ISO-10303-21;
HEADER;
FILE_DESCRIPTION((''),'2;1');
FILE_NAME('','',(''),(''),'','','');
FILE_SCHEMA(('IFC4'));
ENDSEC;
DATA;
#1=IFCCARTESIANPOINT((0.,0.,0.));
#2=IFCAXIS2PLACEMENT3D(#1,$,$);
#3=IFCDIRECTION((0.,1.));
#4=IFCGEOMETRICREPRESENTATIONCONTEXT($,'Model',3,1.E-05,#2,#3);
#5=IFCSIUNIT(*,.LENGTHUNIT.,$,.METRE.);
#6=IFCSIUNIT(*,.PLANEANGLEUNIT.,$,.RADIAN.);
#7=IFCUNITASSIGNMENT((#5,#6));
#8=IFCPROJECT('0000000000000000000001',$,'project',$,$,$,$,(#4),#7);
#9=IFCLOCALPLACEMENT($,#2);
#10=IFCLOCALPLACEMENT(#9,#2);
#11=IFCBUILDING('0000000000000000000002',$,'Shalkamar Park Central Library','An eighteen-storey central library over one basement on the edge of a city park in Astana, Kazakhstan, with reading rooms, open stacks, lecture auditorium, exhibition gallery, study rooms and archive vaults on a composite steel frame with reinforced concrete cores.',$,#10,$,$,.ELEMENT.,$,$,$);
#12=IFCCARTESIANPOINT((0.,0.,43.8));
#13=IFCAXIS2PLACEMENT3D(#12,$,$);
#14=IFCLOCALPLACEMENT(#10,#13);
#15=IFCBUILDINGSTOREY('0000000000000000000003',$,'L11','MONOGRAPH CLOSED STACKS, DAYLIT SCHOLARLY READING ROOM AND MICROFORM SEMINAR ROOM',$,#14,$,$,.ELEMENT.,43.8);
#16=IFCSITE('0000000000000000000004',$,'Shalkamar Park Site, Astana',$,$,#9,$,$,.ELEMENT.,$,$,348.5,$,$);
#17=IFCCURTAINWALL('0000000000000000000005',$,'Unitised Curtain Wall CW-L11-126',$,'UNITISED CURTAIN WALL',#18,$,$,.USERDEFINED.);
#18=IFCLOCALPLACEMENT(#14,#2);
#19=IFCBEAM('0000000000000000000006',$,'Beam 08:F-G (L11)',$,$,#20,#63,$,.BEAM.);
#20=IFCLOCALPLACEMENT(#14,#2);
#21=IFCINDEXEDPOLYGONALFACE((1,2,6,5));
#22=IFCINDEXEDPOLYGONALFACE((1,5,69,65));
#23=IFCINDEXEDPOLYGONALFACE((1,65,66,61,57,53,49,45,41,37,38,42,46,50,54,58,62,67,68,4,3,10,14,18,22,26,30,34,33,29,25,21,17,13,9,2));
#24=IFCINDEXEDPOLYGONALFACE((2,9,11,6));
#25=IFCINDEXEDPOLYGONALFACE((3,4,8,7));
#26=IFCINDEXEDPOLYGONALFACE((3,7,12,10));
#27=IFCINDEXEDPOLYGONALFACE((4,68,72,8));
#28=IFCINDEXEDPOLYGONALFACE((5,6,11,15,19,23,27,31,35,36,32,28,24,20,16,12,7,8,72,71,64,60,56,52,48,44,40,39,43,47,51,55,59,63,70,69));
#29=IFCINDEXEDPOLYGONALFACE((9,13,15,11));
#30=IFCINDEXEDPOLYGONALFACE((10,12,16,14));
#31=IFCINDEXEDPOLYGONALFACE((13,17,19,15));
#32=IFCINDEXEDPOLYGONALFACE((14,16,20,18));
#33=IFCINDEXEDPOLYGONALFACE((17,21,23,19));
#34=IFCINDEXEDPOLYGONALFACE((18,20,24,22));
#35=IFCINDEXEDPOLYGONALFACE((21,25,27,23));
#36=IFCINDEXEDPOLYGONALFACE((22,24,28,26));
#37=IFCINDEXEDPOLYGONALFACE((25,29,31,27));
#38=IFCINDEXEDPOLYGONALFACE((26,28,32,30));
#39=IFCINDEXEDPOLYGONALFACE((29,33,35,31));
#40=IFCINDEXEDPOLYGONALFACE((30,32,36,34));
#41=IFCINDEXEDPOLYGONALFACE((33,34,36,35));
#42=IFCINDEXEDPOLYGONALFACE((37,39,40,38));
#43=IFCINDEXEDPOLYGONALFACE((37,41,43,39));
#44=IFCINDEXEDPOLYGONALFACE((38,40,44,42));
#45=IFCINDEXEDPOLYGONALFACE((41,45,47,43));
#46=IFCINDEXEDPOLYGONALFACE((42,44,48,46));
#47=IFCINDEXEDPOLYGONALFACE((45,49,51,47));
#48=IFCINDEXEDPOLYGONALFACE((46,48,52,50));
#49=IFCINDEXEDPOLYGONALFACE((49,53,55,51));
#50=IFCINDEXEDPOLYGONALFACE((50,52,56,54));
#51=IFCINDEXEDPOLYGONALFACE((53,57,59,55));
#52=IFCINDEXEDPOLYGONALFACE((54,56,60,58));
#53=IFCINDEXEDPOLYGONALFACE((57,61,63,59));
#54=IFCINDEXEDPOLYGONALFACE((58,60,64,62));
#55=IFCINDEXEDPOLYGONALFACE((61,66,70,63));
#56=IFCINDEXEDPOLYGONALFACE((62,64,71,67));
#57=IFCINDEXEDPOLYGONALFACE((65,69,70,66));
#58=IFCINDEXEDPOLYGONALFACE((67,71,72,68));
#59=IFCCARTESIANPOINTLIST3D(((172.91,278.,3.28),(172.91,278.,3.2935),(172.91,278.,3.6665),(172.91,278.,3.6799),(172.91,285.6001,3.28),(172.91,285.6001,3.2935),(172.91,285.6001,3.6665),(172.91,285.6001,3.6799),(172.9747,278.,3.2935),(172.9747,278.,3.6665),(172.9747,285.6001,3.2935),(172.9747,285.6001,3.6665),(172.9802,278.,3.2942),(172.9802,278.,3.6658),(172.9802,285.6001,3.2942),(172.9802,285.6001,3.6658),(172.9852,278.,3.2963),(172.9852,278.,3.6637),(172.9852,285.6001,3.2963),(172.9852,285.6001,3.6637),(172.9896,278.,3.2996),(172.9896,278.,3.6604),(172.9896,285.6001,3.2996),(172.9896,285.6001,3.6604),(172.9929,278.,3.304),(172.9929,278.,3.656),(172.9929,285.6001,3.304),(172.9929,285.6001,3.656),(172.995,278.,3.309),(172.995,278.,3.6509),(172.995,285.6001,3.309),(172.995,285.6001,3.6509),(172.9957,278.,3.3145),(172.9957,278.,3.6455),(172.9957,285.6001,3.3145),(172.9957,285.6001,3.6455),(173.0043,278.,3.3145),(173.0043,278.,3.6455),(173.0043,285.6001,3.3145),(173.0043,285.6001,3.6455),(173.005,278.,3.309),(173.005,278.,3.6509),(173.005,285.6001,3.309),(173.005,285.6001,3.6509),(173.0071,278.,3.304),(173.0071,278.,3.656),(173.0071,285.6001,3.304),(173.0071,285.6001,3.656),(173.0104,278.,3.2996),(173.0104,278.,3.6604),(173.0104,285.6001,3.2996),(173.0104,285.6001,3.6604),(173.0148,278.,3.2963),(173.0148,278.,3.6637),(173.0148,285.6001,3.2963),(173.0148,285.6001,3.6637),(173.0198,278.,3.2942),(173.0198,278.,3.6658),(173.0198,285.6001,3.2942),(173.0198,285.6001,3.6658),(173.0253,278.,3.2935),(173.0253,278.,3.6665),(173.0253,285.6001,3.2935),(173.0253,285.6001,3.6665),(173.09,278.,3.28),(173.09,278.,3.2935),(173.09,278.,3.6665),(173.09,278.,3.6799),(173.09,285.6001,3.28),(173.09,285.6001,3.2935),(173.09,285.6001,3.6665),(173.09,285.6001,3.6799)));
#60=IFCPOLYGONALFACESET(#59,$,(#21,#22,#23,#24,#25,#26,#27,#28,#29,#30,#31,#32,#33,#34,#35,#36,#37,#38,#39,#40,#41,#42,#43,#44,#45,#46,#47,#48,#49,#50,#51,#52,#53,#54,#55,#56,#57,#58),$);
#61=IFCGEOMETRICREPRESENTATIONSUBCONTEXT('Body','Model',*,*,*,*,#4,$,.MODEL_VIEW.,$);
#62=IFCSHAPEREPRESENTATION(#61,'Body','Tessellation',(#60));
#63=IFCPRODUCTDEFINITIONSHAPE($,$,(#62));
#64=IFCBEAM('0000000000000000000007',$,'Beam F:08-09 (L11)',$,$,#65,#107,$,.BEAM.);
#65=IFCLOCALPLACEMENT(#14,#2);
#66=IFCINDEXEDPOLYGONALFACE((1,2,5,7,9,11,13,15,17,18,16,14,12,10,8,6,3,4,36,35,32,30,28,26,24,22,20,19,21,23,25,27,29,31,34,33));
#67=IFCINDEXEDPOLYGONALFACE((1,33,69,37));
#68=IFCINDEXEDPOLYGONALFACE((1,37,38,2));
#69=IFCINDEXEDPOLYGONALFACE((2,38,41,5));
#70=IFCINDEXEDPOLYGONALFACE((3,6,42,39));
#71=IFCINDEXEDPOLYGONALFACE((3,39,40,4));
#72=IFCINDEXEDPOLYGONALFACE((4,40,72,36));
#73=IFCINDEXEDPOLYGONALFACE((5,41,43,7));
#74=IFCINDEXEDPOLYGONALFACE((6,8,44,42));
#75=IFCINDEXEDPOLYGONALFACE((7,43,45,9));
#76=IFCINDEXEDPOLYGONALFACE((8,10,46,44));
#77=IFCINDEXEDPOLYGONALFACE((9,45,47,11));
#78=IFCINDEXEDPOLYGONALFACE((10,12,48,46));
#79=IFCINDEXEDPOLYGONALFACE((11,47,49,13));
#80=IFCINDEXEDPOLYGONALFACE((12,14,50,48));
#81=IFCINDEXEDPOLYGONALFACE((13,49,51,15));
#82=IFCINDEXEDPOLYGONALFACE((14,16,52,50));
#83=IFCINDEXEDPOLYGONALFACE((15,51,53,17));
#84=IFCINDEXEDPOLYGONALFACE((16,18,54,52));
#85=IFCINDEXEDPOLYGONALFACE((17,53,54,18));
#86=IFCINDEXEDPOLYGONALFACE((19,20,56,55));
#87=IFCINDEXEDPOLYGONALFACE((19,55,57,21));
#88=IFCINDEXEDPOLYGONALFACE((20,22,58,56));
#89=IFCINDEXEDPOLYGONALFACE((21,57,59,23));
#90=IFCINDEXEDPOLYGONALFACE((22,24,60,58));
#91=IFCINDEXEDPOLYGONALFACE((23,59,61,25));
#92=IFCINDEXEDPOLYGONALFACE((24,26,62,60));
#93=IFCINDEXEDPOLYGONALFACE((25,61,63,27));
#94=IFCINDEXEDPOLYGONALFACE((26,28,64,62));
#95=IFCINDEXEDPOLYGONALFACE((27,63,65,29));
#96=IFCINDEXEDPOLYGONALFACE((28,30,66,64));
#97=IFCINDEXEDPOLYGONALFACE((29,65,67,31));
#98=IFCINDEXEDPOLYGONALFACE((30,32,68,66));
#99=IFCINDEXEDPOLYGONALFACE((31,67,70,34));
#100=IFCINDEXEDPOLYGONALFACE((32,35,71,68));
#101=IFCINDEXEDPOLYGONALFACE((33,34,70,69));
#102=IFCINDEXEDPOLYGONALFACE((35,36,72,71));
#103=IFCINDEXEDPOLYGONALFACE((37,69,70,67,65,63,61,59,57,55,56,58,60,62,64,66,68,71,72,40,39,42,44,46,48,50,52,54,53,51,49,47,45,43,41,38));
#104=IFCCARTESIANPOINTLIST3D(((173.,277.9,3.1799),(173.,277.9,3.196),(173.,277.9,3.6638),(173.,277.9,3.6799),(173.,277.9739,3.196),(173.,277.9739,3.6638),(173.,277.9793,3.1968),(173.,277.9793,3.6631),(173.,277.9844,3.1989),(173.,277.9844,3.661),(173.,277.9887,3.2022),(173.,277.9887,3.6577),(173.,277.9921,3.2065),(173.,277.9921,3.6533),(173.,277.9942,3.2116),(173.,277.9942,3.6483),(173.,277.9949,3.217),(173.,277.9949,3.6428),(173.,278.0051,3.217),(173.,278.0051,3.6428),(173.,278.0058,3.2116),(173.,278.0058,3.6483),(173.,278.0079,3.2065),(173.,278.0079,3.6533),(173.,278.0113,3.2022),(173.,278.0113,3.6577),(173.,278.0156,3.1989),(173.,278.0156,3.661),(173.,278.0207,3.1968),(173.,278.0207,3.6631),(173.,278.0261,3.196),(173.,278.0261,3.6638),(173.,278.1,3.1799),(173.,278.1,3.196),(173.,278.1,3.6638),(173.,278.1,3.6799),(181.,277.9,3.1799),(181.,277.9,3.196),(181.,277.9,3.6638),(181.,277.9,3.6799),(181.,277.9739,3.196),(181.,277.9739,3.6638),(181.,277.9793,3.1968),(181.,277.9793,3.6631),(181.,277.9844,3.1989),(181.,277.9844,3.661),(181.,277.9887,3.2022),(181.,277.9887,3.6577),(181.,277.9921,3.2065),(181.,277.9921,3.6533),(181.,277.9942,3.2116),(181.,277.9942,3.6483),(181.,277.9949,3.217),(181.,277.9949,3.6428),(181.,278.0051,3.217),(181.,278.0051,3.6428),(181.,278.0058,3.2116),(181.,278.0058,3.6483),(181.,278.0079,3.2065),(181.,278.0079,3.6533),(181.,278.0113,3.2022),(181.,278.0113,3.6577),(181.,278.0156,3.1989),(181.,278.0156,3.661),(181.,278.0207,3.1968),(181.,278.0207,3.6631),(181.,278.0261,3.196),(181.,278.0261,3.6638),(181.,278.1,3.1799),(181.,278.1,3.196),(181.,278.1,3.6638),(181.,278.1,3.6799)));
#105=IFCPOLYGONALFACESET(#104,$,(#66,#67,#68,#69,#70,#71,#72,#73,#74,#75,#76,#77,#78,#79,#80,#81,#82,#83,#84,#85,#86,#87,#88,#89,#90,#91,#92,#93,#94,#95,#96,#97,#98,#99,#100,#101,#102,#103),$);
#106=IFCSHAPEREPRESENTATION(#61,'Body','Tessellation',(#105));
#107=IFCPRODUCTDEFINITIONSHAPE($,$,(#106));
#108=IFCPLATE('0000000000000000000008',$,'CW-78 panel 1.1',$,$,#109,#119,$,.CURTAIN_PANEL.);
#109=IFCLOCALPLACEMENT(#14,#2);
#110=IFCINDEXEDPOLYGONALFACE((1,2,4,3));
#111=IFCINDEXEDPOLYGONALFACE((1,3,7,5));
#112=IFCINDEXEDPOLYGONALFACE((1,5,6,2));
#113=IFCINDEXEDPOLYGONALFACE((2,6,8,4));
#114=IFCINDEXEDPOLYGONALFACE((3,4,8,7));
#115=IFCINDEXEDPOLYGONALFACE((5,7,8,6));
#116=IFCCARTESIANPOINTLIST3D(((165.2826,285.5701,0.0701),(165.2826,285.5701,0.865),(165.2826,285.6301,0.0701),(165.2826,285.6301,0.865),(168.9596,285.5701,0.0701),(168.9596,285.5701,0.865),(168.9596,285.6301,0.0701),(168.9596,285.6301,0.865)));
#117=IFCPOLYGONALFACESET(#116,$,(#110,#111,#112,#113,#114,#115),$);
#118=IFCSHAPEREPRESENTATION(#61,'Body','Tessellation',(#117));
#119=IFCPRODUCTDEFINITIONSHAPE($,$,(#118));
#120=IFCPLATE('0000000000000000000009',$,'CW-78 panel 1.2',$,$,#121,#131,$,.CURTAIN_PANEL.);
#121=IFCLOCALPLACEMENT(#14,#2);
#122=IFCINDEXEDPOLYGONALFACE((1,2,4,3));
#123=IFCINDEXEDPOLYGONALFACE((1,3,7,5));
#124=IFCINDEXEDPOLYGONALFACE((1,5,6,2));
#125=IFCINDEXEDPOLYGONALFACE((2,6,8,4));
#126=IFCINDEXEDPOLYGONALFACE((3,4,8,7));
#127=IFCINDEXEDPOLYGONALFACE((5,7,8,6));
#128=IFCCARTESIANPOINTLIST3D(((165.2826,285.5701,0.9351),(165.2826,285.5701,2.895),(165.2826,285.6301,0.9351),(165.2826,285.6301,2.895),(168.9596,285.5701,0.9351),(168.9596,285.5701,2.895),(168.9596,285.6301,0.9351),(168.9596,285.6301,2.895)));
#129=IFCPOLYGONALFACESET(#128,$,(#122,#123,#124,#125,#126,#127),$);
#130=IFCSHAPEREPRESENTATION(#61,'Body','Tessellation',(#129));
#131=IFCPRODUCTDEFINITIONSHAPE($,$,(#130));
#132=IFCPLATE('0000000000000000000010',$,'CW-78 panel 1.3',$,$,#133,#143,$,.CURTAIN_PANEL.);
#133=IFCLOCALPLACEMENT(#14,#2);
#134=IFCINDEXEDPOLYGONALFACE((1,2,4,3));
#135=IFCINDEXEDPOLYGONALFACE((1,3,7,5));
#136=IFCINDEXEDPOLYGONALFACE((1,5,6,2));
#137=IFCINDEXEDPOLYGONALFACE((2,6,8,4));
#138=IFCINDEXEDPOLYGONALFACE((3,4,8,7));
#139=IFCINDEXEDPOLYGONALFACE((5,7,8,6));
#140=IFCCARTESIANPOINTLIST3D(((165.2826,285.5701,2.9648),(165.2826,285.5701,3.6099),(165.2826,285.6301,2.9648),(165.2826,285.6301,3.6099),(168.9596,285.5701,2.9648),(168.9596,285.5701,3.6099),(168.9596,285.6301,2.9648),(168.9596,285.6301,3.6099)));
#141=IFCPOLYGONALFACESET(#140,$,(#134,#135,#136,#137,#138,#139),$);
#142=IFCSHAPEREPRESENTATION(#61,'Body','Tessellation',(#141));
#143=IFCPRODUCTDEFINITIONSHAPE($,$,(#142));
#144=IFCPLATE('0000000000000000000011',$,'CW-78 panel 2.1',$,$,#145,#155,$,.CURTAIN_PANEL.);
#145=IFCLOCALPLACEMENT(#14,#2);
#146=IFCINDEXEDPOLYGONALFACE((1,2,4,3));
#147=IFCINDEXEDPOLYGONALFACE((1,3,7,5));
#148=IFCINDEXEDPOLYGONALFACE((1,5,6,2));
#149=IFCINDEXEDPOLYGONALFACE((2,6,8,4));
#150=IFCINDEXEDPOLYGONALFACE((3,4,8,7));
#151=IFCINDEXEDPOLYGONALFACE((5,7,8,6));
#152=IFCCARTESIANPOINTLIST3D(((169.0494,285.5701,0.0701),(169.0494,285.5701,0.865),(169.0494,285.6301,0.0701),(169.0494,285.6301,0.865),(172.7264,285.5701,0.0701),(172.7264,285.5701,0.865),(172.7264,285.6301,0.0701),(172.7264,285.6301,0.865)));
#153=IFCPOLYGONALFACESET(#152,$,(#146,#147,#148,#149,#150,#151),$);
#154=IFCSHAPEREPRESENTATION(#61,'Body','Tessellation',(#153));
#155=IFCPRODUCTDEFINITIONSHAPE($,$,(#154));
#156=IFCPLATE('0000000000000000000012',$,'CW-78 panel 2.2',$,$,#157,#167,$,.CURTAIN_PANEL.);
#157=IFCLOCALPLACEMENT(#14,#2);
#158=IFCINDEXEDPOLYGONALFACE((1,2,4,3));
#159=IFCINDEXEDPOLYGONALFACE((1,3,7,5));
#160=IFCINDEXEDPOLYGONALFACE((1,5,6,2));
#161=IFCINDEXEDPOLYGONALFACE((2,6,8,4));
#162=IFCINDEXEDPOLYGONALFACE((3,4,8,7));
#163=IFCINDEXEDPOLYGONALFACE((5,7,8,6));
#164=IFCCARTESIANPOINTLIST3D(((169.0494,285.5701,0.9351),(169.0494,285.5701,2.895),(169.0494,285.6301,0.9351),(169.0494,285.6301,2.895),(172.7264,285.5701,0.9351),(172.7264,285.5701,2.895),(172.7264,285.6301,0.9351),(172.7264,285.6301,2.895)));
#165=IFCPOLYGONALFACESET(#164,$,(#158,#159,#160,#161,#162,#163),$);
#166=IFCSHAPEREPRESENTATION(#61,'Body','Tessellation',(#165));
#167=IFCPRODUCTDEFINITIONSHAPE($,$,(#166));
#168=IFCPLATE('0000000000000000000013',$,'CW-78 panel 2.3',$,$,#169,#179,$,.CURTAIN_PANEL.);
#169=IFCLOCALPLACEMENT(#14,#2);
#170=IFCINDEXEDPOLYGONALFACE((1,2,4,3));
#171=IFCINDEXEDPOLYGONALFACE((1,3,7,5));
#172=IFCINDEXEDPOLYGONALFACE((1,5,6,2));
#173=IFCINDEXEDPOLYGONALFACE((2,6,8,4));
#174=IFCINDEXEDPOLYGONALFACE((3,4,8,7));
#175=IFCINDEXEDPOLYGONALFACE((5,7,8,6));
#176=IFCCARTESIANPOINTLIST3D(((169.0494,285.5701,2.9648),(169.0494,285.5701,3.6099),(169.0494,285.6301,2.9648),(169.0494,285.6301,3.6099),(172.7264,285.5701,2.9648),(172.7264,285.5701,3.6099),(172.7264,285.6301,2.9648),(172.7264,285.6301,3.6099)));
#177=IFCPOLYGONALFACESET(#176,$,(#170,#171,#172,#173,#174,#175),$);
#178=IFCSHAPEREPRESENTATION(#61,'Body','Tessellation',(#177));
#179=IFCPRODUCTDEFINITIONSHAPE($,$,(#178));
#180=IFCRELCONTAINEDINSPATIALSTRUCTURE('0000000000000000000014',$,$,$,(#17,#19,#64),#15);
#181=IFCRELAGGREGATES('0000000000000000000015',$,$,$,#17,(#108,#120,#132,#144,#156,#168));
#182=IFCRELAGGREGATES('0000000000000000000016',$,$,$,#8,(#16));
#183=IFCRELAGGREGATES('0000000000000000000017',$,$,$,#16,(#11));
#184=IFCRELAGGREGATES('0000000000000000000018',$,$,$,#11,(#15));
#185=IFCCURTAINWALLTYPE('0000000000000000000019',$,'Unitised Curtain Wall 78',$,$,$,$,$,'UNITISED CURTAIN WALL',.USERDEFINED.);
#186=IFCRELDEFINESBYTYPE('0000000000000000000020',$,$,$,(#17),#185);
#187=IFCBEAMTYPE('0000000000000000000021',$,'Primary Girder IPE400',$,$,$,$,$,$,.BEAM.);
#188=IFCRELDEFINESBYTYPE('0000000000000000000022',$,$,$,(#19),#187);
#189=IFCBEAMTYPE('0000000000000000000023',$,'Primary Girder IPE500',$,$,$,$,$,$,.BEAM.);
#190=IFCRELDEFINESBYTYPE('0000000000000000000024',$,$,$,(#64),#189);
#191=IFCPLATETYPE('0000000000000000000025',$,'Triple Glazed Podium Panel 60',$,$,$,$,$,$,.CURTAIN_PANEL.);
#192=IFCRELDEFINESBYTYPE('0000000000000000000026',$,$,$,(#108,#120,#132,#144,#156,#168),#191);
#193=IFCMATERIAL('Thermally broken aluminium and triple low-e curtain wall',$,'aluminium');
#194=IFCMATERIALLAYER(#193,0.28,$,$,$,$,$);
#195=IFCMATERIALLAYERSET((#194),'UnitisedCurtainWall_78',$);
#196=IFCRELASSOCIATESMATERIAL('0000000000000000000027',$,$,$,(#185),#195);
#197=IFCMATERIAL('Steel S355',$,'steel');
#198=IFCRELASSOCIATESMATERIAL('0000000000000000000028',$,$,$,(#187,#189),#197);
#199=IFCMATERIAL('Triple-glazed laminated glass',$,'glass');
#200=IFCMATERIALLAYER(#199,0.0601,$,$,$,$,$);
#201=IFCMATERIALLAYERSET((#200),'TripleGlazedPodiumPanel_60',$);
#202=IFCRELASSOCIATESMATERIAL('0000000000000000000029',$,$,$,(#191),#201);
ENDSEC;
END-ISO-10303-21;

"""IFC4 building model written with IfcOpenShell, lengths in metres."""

from ifc_helpers import new_model, si_unit, direction, frame, origin, origin_2d, place, context, subcontext, project, spatial, rectangle, i_section, extrude, material, layer, layer_set, material_profile, profile_set, type_object, element, aggregate, save


model = new_model("IFC4")

# Units and contexts
model_context = context("Model", 3, precision=1e-05, world=origin(), true_north=direction((0.0, 1.0)))
body_context = subcontext(model_context, "Body", "Model", "MODEL_VIEW")
ifc_project = project(units=[si_unit("LENGTHUNIT", "METRE"), si_unit("PLANEANGLEUNIT", "RADIAN")], contexts=[model_context])

# Site, building, storey
site_placement = place(None, origin())
site = spatial("IfcSite", under=ifc_project, at=site_placement, Name="Shalkamar Park Site, Astana", CompositionType="ELEMENT", RefElevation=348.5)
building_placement = place(site_placement, origin())
building = spatial("IfcBuilding", under=site, at=building_placement, Name="Shalkamar Park Central Library", Description="An eighteen-storey central library over one basement on the edge of a city park in Astana, Kazakhstan, with reading rooms, open stacks, lecture auditorium, exhibition gallery, study rooms and archive vaults on a composite steel frame with reinforced concrete cores.", CompositionType="ELEMENT")
storey_placement = place(building_placement, frame((0.0, 0.0, 43.8)))
storey = spatial("IfcBuildingStorey", under=building, at=storey_placement, Name="L11", Description="MONOGRAPH CLOSED STACKS, DAYLIT SCHOLARLY READING ROOM AND MICROFORM SEMINAR ROOM", CompositionType="ELEMENT", Elevation=43.8)

# Shared definitions
ifc_material_1 = material(Name="Steel S355", Category="steel")

# Shared definitions
ifc_material_2 = material(Name="Thermally broken aluminium and triple low-e curtain wall", Category="aluminium")

# Curtain wall
ifc_layer_1 = layer(ifc_material_2, 0.28)
ifc_layer_set_1 = layer_set([ifc_layer_1], Name="UnitisedCurtainWall_78")
curtain_wall_type_1 = type_object("IfcCurtainWallType", Name="Unitised Curtain Wall 78", ElementType="UNITISED CURTAIN WALL", PredefinedType="USERDEFINED", material=ifc_layer_set_1)
curtain_wall_1_placement = place(storey_placement, origin())
curtain_wall_1 = element("IfcCurtainWall", 1, at=curtain_wall_1_placement, inside=storey, type_object=curtain_wall_type_1, Name="Unitised Curtain Wall CW-L11-126", ObjectType="UNITISED CURTAIN WALL", PredefinedType="USERDEFINED")

# Beams
ifc_material_profile_1 = material_profile(ifc_material_1, i_section(OverallWidth=0.1799, OverallDepth=0.3999, WebThickness=0.0085, FlangeThickness=0.0134, FilletRadius=0.021, at=origin_2d()), Name="IPE 400")
ifc_profile_set_1 = profile_set([ifc_material_profile_1], Name="Steel S355")
beam_type_1 = type_object("IfcBeamType", Name="Primary Girder IPE400", PredefinedType="BEAM", material=ifc_profile_set_1)
beam_1_placement = place(storey_placement, frame((173.0, 278.0, 3.48), z_axis=(0.0, 1.0, 0.0), x_axis=(-1.0, 0.0, 0.0)))
element("IfcBeam", 2, at=beam_1_placement, inside=storey, type_object=beam_type_1, Name="Beam 08:F-G (L11)", PredefinedType="BEAM", context=body_context, shape_type="SweptSolid", body=[
    extrude(i_section(OverallWidth=0.1799, OverallDepth=0.3999, WebThickness=0.0085, FlangeThickness=0.0134, FilletRadius=0.021, at=origin_2d()), origin(), (0.0, 0.0, 1.0), 7.6001),
])
ifc_material_profile_2 = material_profile(ifc_material_1, i_section(OverallWidth=0.2, OverallDepth=0.5, WebThickness=0.0103, FlangeThickness=0.0161, FilletRadius=0.021, at=origin_2d()), Name="IPE 500")
ifc_profile_set_2 = profile_set([ifc_material_profile_2], Name="Steel S355")
beam_type_2 = type_object("IfcBeamType", Name="Primary Girder IPE500", PredefinedType="BEAM", material=ifc_profile_set_2)
beam_2_placement = place(storey_placement, frame((173.0, 278.0, 3.4299), z_axis=(1.0, 0.0, 0.0), x_axis=(0.0, 1.0, 0.0)))
element("IfcBeam", 3, at=beam_2_placement, inside=storey, type_object=beam_type_2, Name="Beam F:08-09 (L11)", PredefinedType="BEAM", context=body_context, shape_type="SweptSolid", body=[
    extrude(i_section(OverallWidth=0.2, OverallDepth=0.5, WebThickness=0.0103, FlangeThickness=0.0161, FilletRadius=0.021, at=origin_2d()), origin(), (0.0, 0.0, 1.0), 8.0),
])

# Plates
ifc_material_3 = material(Name="Triple-glazed laminated glass", Category="glass")
ifc_layer_2 = layer(ifc_material_3, 0.0601)
ifc_layer_set_2 = layer_set([ifc_layer_2], Name="TripleGlazedPodiumPanel_60")
plate_type = type_object("IfcPlateType", Name="Triple Glazed Podium Panel 60", PredefinedType="CURTAIN_PANEL", material=ifc_layer_set_2)
plate_1_placement = place(storey_placement, frame((167.1211, 285.6001, 0.0701), z_axis=(0.0, 0.0, 1.0), x_axis=(1.0, 0.0, 0.0)))
plate_1 = element("IfcPlate", 4, at=plate_1_placement, type_object=plate_type, Name="CW-78 panel 1.1", PredefinedType="CURTAIN_PANEL", context=body_context, shape_type="SweptSolid", body=[
    extrude(rectangle(XDim=3.677, YDim=0.0601, at=origin_2d()), origin(), (0.0, 0.0, 1.0), 0.7949),
])
plate_2_placement = place(storey_placement, frame((167.1211, 285.6001, 0.9351), z_axis=(0.0, 0.0, 1.0), x_axis=(1.0, 0.0, 0.0)))
plate_2 = element("IfcPlate", 5, at=plate_2_placement, type_object=plate_type, Name="CW-78 panel 1.2", PredefinedType="CURTAIN_PANEL", context=body_context, shape_type="SweptSolid", body=[
    extrude(rectangle(XDim=3.677, YDim=0.0601, at=origin_2d()), origin(), (0.0, 0.0, 1.0), 1.96),
])
plate_3_placement = place(storey_placement, frame((167.1211, 285.6001, 2.9648), z_axis=(0.0, 0.0, 1.0), x_axis=(1.0, 0.0, 0.0)))
plate_3 = element("IfcPlate", 6, at=plate_3_placement, type_object=plate_type, Name="CW-78 panel 1.3", PredefinedType="CURTAIN_PANEL", context=body_context, shape_type="SweptSolid", body=[
    extrude(rectangle(XDim=3.677, YDim=0.0601, at=origin_2d()), origin(), (0.0, 0.0, 1.0), 0.645),
])
plate_4_placement = place(storey_placement, frame((170.8879, 285.6001, 0.0701), z_axis=(0.0, 0.0, 1.0), x_axis=(1.0, 0.0, 0.0)))
plate_4 = element("IfcPlate", 7, at=plate_4_placement, type_object=plate_type, Name="CW-78 panel 2.1", PredefinedType="CURTAIN_PANEL", context=body_context, shape_type="SweptSolid", body=[
    extrude(rectangle(XDim=3.677, YDim=0.0601, at=origin_2d()), origin(), (0.0, 0.0, 1.0), 0.7949),
])
plate_5_placement = place(storey_placement, frame((170.8879, 285.6001, 0.9351), z_axis=(0.0, 0.0, 1.0), x_axis=(1.0, 0.0, 0.0)))
plate_5 = element("IfcPlate", 8, at=plate_5_placement, type_object=plate_type, Name="CW-78 panel 2.2", PredefinedType="CURTAIN_PANEL", context=body_context, shape_type="SweptSolid", body=[
    extrude(rectangle(XDim=3.677, YDim=0.0601, at=origin_2d()), origin(), (0.0, 0.0, 1.0), 1.96),
])
plate_6_placement = place(storey_placement, frame((170.8879, 285.6001, 2.9648), z_axis=(0.0, 0.0, 1.0), x_axis=(1.0, 0.0, 0.0)))
plate_6 = element("IfcPlate", 9, at=plate_6_placement, type_object=plate_type, Name="CW-78 panel 2.3", PredefinedType="CURTAIN_PANEL", context=body_context, shape_type="SweptSolid", body=[
    extrude(rectangle(XDim=3.677, YDim=0.0601, at=origin_2d()), origin(), (0.0, 0.0, 1.0), 0.645),
])
aggregate(curtain_wall_1, [plate_1, plate_2, plate_3, plate_4, plate_5, plate_6])

save(model, "model.ifc")
